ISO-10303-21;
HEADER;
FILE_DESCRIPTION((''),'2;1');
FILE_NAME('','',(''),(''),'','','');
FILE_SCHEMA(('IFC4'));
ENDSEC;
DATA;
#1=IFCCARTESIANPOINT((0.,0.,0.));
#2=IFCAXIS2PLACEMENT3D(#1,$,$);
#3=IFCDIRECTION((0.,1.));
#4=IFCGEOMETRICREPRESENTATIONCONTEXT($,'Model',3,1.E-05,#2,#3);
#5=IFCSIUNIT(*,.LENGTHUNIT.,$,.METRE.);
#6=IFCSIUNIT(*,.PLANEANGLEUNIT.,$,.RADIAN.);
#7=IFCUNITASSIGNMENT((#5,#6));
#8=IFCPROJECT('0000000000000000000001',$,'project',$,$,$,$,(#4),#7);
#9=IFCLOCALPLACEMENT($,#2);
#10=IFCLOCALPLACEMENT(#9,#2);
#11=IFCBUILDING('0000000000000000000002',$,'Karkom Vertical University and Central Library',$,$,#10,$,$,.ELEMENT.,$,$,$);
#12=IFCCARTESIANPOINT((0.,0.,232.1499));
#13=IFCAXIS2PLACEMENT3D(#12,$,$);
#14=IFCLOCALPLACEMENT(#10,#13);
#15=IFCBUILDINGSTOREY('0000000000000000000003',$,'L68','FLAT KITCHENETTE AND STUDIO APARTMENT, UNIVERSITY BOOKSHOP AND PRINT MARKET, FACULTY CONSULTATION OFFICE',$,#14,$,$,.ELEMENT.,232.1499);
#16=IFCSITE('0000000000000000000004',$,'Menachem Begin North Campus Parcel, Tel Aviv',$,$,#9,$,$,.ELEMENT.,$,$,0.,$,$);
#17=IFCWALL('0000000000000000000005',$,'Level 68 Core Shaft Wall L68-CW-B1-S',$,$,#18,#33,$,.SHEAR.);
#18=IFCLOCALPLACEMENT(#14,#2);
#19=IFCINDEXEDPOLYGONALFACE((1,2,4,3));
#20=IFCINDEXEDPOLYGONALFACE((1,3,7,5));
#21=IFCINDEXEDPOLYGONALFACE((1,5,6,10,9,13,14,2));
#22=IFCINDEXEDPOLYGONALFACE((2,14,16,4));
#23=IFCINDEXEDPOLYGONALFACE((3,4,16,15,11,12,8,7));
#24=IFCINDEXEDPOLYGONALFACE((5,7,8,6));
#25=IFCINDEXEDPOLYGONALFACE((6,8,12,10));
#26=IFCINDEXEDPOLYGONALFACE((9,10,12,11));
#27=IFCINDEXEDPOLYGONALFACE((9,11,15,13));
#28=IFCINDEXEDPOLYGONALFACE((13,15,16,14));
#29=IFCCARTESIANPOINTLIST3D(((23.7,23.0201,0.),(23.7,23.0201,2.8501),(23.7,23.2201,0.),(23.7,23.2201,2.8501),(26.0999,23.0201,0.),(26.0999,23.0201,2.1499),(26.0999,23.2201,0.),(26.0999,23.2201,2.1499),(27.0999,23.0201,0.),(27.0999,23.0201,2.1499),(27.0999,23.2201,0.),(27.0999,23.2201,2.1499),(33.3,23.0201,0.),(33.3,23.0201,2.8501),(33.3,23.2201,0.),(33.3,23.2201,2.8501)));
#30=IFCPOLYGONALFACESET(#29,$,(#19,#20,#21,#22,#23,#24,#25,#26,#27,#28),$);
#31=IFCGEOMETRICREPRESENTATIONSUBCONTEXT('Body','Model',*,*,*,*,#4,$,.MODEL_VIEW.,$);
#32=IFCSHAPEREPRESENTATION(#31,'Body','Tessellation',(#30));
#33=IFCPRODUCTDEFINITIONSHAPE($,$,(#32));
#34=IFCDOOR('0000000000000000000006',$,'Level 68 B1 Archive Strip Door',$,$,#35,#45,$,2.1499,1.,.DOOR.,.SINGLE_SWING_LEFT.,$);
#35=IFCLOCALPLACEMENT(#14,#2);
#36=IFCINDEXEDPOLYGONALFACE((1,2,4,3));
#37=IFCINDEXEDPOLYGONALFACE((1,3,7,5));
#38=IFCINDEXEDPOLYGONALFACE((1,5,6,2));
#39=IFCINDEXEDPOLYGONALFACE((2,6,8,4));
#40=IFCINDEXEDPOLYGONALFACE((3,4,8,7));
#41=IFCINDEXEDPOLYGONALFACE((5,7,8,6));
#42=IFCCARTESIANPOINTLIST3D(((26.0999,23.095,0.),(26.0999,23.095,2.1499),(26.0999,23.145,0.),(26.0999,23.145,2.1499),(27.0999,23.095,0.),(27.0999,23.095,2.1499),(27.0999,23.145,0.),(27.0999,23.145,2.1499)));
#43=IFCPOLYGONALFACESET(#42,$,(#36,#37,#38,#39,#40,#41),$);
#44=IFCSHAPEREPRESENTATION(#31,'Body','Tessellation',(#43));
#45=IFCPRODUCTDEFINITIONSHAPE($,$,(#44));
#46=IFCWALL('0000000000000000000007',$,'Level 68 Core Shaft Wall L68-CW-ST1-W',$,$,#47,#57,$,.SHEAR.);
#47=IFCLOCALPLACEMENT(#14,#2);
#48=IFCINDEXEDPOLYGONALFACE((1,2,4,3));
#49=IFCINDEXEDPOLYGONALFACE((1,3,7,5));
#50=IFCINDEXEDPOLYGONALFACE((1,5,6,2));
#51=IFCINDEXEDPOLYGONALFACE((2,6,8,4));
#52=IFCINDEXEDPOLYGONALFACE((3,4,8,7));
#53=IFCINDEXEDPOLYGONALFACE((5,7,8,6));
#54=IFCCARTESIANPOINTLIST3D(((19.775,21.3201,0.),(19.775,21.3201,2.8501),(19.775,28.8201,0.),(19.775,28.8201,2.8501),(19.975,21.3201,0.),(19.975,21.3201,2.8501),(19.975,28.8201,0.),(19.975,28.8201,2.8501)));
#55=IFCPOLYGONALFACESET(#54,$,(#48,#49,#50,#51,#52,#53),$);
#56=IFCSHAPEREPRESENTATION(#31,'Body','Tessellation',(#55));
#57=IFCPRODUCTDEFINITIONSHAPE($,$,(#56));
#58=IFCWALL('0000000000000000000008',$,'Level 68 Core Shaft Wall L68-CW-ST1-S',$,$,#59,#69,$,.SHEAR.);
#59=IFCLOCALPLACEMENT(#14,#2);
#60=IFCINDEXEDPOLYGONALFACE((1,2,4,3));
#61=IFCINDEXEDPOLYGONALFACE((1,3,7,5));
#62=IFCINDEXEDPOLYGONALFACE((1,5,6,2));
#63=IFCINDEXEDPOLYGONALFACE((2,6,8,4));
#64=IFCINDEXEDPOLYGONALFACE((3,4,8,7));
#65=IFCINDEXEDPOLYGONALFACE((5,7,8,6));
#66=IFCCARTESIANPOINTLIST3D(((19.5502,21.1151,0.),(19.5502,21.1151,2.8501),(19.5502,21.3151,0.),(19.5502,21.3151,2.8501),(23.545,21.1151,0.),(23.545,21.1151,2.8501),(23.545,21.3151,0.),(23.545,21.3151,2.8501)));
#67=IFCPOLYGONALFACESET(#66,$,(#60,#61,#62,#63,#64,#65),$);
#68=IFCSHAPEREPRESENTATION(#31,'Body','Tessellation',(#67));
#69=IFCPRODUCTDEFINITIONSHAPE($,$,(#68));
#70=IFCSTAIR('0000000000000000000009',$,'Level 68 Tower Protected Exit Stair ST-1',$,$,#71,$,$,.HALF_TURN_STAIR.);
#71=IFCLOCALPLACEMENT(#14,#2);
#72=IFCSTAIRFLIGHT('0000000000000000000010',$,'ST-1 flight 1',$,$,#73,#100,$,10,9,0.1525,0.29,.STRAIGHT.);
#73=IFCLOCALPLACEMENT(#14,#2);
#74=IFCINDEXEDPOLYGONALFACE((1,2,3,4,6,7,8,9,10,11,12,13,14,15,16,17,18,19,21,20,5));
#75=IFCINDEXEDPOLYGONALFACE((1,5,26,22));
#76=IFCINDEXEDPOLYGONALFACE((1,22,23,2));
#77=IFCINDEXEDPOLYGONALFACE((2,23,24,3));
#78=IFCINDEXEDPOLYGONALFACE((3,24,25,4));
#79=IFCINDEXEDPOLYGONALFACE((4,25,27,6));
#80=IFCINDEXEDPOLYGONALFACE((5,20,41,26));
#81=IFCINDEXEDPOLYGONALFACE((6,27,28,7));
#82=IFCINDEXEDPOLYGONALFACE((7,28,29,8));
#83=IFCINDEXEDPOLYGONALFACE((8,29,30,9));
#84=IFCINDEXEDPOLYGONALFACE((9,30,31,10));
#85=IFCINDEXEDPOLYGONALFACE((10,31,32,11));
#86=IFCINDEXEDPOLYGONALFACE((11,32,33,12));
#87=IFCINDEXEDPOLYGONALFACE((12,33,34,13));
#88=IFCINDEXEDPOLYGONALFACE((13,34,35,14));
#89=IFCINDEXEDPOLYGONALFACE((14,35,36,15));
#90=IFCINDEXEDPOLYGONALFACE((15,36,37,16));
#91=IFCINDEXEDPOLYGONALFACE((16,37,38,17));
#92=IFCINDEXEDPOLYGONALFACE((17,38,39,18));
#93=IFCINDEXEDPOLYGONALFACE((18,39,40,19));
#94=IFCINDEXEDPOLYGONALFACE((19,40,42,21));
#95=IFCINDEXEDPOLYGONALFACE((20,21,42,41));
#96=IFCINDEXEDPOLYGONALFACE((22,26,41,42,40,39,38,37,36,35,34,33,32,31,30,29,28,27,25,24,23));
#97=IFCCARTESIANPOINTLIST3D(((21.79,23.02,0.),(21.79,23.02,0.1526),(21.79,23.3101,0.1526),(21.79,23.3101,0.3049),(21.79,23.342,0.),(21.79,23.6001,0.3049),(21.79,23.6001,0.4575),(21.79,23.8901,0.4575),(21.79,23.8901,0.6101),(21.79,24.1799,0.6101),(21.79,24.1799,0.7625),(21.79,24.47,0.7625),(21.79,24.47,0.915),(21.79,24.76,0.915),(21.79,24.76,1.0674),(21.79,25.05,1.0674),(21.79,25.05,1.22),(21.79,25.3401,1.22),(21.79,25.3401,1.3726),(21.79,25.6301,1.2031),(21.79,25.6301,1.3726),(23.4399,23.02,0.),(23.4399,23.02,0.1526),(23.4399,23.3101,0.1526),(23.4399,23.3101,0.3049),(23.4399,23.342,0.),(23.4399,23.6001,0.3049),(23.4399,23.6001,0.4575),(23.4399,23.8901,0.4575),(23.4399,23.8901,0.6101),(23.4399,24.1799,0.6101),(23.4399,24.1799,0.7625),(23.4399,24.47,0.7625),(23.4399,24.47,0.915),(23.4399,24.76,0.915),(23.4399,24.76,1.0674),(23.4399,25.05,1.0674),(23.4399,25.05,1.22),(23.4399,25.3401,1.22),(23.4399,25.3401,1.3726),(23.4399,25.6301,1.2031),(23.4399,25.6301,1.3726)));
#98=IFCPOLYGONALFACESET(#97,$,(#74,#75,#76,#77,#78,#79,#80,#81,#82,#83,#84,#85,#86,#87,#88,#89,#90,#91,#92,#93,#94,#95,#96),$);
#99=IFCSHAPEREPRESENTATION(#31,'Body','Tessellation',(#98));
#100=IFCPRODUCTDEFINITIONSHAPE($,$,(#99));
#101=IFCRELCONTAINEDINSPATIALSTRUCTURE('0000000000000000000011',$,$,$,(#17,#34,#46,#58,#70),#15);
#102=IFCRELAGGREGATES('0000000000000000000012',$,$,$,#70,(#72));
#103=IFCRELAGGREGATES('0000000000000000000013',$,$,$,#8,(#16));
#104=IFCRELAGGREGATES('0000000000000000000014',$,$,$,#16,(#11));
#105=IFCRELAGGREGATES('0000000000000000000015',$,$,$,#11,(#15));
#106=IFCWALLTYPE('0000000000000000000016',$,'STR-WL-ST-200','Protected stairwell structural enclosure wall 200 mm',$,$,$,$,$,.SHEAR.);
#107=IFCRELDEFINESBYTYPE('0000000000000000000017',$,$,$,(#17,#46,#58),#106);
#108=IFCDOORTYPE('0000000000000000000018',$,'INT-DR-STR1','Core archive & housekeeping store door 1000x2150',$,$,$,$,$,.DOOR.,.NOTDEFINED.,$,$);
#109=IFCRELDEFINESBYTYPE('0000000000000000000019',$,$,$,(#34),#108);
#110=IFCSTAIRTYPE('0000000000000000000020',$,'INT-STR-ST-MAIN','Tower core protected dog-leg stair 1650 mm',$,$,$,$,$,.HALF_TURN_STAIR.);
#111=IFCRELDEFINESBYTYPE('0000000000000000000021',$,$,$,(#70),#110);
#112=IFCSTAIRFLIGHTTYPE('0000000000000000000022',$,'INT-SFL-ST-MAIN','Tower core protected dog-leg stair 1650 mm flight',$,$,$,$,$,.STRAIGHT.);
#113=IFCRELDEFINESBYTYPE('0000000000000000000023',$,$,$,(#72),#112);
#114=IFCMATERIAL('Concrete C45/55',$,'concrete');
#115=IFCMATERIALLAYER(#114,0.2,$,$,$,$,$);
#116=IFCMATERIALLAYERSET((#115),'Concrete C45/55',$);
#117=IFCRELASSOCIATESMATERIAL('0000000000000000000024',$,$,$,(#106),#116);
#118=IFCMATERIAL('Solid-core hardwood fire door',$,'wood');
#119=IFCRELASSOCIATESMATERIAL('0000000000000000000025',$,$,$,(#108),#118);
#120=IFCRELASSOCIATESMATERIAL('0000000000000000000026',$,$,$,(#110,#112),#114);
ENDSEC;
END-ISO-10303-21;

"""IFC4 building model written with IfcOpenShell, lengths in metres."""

from ifc_helpers import new_model, si_unit, direction, frame, frame_2d, origin, origin_with_axes, place, context, subcontext, project, spatial, polyline, rectangle, outline, extrude, source, transform, mapped, material, layer, layer_set, type_object, element, fill, aggregate, save


model = new_model("IFC4")

# Units and contexts
model_context = context("Model", 3, precision=1e-05, world=origin(), true_north=direction((0.0, 1.0)))
body_context = subcontext(model_context, "Body", "Model", "MODEL_VIEW")
ifc_project = project(units=[si_unit("LENGTHUNIT", "METRE"), si_unit("PLANEANGLEUNIT", "RADIAN")], contexts=[model_context])

# Site, building, storey
site_placement = place(None, origin())
site = spatial("IfcSite", under=ifc_project, at=site_placement, Name="Menachem Begin North Campus Parcel, Tel Aviv", CompositionType="ELEMENT", RefElevation=0.0)
building_placement = place(site_placement, origin())
building = spatial("IfcBuilding", under=site, at=building_placement, Name="Karkom Vertical University and Central Library", CompositionType="ELEMENT")
storey_placement = place(building_placement, frame((0.0, 0.0, 232.1499)))
storey = spatial("IfcBuildingStorey", under=building, at=storey_placement, Name="L68", Description="FLAT KITCHENETTE AND STUDIO APARTMENT, UNIVERSITY BOOKSHOP AND PRINT MARKET, FACULTY CONSULTATION OFFICE", CompositionType="ELEMENT", Elevation=232.1499)

# Shared definitions
ifc_material_1 = material(Name="Concrete C45/55", Category="concrete")

# Shared definitions
ifc_layer_1 = layer(ifc_material_1, 0.2)
ifc_layer_set_1 = layer_set([ifc_layer_1], Name="Concrete C45/55")
wall_type_1 = type_object("IfcWallType", Name="STR-WL-ST-200", Description="Protected stairwell structural enclosure wall 200 mm", PredefinedType="SHEAR", material=ifc_layer_set_1)

# Wall, opening, door
wall_1_placement = place(storey_placement, frame((23.7, 23.1201, 0.0), z_axis=(0.0, 0.0, 1.0), x_axis=(1.0, 0.0, 0.0)))
wall_1 = element("IfcWall", 1, at=wall_1_placement, inside=storey, type_object=wall_type_1, Name="Level 68 Core Shaft Wall L68-CW-B1-S", PredefinedType="SHEAR", context=body_context, shape_type="SweptSolid", body=[
    extrude(rectangle(XDim=9.6001, YDim=0.2, at=frame_2d((4.8, 0.0))), origin(), (0.0, 0.0, 1.0), 2.8501),
])
opening_1_placement = place(wall_1_placement, frame((2.3999, 0.0, 0.0)))
opening_1 = element("IfcOpeningElement", 2, at=opening_1_placement, cuts=wall_1, PredefinedType="OPENING", context=body_context, shape_type="SweptSolid", body=[
    extrude(rectangle(XDim=1.0, YDim=2.1499, at=frame_2d((0.5, 1.075))), frame((0.0, 0.1099, 0.0), z_axis=(0.0, -1.0, 0.0), x_axis=(1.0, 0.0, 0.0)), (0.0, 0.0, 1.0), 0.22),
])
ifc_material_2 = material(Name="Solid-core hardwood fire door", Category="wood")
door_type_1 = type_object("IfcDoorType", Name="INT-DR-STR1", Description="Core archive & housekeeping store door 1000x2150", OperationType="NOTDEFINED", PredefinedType="DOOR", material=ifc_material_2)
shared_shape_1 = source(origin_with_axes(), body_context, "Body", "SweptSolid", [
    extrude(rectangle(XDim=1.0, YDim=2.1499, at=frame_2d((0.5, 1.075))), frame((0.0, 0.0249, 0.0), z_axis=(0.0, -1.0, 0.0), x_axis=(1.0, 0.0, 0.0)), (0.0, 0.0, 1.0), 0.05),
])
door_1_placement = place(opening_1_placement, origin())
door_1 = element("IfcDoor", 3, at=door_1_placement, inside=storey, type_object=door_type_1, Name="Level 68 B1 Archive Strip Door", OperationType="SINGLE_SWING_LEFT", OverallHeight=2.1499, OverallWidth=1.0, PredefinedType="DOOR", context=body_context, shape_type="MappedRepresentation", body=[
    mapped(shared_shape_1, transform((0.0, 0.0, 0.0), scale=1.0)),
])
fill(opening_1, door_1)

# Walls
wall_2_placement = place(storey_placement, frame((19.875, 21.3201, 0.0), z_axis=(0.0, 0.0, 1.0), x_axis=(0.0, 1.0, 0.0)))
element("IfcWall", 4, at=wall_2_placement, inside=storey, type_object=wall_type_1, Name="Level 68 Core Shaft Wall L68-CW-ST1-W", PredefinedType="SHEAR", context=body_context, shape_type="SweptSolid", body=[
    extrude(rectangle(XDim=7.5, YDim=0.2, at=frame_2d((3.75, 0.0))), origin(), (0.0, 0.0, 1.0), 2.8501),
])
wall_3_placement = place(storey_placement, frame((19.55, 21.2151, 0.0), z_axis=(0.0, 0.0, 1.0), x_axis=(1.0, 0.0, 0.0)))
element("IfcWall", 5, at=wall_3_placement, inside=storey, type_object=wall_type_1, Name="Level 68 Core Shaft Wall L68-CW-ST1-S", PredefinedType="SHEAR", context=body_context, shape_type="SweptSolid", body=[
    extrude(rectangle(XDim=3.9949, YDim=0.2, at=frame_2d((1.9976, 0.0))), origin(), (0.0, 0.0, 1.0), 2.8501),
])

# Stair, stair flight
stair_type = type_object("IfcStairType", Name="INT-STR-ST-MAIN", Description="Tower core protected dog-leg stair 1650 mm", PredefinedType="HALF_TURN_STAIR", material=ifc_material_1)
stair_placement = place(storey_placement, origin())
stair = element("IfcStair", 6, at=stair_placement, inside=storey, type_object=stair_type, Name="Level 68 Tower Protected Exit Stair ST-1", PredefinedType="HALF_TURN_STAIR")
stair_flight_type = type_object("IfcStairFlightType", Name="INT-SFL-ST-MAIN", Description="Tower core protected dog-leg stair 1650 mm flight", PredefinedType="STRAIGHT", material=ifc_material_1)
stair_flight_placement = place(storey_placement, frame((22.615, 23.02, 0.0), z_axis=(0.0, 0.0, 1.0), x_axis=(0.0, 1.0, 0.0)))
stair_flight = element("IfcStairFlight", 7, at=stair_flight_placement, type_object=stair_flight_type, Name="ST-1 flight 1", NumberOfRisers=10, NumberOfTreads=9, PredefinedType="STRAIGHT", RiserHeight=0.1525, TreadLength=0.29, context=body_context, shape_type="SweptSolid", body=[
    extrude(outline(polyline([(0.0, 0.0), (0.0, 0.1526), (0.29, 0.1526), (0.29, 0.3049), (0.5801, 0.3049), (0.5801, 0.4575), (0.8701, 0.4575), (0.8701, 0.6101), (1.1599, 0.6101), (1.1599, 0.7625), (1.45, 0.7625), (1.45, 0.915), (1.74, 0.915), (1.74, 1.0674), (2.03, 1.0674), (2.03, 1.22), (2.3201, 1.22), (2.3201, 1.3726), (2.6101, 1.3726), (2.6101, 1.5249), (2.6101, 1.2031), (0.322, 0.0), (0.0, 0.0)])), frame((0.0, 0.825, 0.0), z_axis=(0.0, -1.0, 0.0), x_axis=(1.0, 0.0, 0.0)), (0.0, 0.0, 1.0), 1.6499),
])
aggregate(stair, [stair_flight])

save(model, "model.ifc")
